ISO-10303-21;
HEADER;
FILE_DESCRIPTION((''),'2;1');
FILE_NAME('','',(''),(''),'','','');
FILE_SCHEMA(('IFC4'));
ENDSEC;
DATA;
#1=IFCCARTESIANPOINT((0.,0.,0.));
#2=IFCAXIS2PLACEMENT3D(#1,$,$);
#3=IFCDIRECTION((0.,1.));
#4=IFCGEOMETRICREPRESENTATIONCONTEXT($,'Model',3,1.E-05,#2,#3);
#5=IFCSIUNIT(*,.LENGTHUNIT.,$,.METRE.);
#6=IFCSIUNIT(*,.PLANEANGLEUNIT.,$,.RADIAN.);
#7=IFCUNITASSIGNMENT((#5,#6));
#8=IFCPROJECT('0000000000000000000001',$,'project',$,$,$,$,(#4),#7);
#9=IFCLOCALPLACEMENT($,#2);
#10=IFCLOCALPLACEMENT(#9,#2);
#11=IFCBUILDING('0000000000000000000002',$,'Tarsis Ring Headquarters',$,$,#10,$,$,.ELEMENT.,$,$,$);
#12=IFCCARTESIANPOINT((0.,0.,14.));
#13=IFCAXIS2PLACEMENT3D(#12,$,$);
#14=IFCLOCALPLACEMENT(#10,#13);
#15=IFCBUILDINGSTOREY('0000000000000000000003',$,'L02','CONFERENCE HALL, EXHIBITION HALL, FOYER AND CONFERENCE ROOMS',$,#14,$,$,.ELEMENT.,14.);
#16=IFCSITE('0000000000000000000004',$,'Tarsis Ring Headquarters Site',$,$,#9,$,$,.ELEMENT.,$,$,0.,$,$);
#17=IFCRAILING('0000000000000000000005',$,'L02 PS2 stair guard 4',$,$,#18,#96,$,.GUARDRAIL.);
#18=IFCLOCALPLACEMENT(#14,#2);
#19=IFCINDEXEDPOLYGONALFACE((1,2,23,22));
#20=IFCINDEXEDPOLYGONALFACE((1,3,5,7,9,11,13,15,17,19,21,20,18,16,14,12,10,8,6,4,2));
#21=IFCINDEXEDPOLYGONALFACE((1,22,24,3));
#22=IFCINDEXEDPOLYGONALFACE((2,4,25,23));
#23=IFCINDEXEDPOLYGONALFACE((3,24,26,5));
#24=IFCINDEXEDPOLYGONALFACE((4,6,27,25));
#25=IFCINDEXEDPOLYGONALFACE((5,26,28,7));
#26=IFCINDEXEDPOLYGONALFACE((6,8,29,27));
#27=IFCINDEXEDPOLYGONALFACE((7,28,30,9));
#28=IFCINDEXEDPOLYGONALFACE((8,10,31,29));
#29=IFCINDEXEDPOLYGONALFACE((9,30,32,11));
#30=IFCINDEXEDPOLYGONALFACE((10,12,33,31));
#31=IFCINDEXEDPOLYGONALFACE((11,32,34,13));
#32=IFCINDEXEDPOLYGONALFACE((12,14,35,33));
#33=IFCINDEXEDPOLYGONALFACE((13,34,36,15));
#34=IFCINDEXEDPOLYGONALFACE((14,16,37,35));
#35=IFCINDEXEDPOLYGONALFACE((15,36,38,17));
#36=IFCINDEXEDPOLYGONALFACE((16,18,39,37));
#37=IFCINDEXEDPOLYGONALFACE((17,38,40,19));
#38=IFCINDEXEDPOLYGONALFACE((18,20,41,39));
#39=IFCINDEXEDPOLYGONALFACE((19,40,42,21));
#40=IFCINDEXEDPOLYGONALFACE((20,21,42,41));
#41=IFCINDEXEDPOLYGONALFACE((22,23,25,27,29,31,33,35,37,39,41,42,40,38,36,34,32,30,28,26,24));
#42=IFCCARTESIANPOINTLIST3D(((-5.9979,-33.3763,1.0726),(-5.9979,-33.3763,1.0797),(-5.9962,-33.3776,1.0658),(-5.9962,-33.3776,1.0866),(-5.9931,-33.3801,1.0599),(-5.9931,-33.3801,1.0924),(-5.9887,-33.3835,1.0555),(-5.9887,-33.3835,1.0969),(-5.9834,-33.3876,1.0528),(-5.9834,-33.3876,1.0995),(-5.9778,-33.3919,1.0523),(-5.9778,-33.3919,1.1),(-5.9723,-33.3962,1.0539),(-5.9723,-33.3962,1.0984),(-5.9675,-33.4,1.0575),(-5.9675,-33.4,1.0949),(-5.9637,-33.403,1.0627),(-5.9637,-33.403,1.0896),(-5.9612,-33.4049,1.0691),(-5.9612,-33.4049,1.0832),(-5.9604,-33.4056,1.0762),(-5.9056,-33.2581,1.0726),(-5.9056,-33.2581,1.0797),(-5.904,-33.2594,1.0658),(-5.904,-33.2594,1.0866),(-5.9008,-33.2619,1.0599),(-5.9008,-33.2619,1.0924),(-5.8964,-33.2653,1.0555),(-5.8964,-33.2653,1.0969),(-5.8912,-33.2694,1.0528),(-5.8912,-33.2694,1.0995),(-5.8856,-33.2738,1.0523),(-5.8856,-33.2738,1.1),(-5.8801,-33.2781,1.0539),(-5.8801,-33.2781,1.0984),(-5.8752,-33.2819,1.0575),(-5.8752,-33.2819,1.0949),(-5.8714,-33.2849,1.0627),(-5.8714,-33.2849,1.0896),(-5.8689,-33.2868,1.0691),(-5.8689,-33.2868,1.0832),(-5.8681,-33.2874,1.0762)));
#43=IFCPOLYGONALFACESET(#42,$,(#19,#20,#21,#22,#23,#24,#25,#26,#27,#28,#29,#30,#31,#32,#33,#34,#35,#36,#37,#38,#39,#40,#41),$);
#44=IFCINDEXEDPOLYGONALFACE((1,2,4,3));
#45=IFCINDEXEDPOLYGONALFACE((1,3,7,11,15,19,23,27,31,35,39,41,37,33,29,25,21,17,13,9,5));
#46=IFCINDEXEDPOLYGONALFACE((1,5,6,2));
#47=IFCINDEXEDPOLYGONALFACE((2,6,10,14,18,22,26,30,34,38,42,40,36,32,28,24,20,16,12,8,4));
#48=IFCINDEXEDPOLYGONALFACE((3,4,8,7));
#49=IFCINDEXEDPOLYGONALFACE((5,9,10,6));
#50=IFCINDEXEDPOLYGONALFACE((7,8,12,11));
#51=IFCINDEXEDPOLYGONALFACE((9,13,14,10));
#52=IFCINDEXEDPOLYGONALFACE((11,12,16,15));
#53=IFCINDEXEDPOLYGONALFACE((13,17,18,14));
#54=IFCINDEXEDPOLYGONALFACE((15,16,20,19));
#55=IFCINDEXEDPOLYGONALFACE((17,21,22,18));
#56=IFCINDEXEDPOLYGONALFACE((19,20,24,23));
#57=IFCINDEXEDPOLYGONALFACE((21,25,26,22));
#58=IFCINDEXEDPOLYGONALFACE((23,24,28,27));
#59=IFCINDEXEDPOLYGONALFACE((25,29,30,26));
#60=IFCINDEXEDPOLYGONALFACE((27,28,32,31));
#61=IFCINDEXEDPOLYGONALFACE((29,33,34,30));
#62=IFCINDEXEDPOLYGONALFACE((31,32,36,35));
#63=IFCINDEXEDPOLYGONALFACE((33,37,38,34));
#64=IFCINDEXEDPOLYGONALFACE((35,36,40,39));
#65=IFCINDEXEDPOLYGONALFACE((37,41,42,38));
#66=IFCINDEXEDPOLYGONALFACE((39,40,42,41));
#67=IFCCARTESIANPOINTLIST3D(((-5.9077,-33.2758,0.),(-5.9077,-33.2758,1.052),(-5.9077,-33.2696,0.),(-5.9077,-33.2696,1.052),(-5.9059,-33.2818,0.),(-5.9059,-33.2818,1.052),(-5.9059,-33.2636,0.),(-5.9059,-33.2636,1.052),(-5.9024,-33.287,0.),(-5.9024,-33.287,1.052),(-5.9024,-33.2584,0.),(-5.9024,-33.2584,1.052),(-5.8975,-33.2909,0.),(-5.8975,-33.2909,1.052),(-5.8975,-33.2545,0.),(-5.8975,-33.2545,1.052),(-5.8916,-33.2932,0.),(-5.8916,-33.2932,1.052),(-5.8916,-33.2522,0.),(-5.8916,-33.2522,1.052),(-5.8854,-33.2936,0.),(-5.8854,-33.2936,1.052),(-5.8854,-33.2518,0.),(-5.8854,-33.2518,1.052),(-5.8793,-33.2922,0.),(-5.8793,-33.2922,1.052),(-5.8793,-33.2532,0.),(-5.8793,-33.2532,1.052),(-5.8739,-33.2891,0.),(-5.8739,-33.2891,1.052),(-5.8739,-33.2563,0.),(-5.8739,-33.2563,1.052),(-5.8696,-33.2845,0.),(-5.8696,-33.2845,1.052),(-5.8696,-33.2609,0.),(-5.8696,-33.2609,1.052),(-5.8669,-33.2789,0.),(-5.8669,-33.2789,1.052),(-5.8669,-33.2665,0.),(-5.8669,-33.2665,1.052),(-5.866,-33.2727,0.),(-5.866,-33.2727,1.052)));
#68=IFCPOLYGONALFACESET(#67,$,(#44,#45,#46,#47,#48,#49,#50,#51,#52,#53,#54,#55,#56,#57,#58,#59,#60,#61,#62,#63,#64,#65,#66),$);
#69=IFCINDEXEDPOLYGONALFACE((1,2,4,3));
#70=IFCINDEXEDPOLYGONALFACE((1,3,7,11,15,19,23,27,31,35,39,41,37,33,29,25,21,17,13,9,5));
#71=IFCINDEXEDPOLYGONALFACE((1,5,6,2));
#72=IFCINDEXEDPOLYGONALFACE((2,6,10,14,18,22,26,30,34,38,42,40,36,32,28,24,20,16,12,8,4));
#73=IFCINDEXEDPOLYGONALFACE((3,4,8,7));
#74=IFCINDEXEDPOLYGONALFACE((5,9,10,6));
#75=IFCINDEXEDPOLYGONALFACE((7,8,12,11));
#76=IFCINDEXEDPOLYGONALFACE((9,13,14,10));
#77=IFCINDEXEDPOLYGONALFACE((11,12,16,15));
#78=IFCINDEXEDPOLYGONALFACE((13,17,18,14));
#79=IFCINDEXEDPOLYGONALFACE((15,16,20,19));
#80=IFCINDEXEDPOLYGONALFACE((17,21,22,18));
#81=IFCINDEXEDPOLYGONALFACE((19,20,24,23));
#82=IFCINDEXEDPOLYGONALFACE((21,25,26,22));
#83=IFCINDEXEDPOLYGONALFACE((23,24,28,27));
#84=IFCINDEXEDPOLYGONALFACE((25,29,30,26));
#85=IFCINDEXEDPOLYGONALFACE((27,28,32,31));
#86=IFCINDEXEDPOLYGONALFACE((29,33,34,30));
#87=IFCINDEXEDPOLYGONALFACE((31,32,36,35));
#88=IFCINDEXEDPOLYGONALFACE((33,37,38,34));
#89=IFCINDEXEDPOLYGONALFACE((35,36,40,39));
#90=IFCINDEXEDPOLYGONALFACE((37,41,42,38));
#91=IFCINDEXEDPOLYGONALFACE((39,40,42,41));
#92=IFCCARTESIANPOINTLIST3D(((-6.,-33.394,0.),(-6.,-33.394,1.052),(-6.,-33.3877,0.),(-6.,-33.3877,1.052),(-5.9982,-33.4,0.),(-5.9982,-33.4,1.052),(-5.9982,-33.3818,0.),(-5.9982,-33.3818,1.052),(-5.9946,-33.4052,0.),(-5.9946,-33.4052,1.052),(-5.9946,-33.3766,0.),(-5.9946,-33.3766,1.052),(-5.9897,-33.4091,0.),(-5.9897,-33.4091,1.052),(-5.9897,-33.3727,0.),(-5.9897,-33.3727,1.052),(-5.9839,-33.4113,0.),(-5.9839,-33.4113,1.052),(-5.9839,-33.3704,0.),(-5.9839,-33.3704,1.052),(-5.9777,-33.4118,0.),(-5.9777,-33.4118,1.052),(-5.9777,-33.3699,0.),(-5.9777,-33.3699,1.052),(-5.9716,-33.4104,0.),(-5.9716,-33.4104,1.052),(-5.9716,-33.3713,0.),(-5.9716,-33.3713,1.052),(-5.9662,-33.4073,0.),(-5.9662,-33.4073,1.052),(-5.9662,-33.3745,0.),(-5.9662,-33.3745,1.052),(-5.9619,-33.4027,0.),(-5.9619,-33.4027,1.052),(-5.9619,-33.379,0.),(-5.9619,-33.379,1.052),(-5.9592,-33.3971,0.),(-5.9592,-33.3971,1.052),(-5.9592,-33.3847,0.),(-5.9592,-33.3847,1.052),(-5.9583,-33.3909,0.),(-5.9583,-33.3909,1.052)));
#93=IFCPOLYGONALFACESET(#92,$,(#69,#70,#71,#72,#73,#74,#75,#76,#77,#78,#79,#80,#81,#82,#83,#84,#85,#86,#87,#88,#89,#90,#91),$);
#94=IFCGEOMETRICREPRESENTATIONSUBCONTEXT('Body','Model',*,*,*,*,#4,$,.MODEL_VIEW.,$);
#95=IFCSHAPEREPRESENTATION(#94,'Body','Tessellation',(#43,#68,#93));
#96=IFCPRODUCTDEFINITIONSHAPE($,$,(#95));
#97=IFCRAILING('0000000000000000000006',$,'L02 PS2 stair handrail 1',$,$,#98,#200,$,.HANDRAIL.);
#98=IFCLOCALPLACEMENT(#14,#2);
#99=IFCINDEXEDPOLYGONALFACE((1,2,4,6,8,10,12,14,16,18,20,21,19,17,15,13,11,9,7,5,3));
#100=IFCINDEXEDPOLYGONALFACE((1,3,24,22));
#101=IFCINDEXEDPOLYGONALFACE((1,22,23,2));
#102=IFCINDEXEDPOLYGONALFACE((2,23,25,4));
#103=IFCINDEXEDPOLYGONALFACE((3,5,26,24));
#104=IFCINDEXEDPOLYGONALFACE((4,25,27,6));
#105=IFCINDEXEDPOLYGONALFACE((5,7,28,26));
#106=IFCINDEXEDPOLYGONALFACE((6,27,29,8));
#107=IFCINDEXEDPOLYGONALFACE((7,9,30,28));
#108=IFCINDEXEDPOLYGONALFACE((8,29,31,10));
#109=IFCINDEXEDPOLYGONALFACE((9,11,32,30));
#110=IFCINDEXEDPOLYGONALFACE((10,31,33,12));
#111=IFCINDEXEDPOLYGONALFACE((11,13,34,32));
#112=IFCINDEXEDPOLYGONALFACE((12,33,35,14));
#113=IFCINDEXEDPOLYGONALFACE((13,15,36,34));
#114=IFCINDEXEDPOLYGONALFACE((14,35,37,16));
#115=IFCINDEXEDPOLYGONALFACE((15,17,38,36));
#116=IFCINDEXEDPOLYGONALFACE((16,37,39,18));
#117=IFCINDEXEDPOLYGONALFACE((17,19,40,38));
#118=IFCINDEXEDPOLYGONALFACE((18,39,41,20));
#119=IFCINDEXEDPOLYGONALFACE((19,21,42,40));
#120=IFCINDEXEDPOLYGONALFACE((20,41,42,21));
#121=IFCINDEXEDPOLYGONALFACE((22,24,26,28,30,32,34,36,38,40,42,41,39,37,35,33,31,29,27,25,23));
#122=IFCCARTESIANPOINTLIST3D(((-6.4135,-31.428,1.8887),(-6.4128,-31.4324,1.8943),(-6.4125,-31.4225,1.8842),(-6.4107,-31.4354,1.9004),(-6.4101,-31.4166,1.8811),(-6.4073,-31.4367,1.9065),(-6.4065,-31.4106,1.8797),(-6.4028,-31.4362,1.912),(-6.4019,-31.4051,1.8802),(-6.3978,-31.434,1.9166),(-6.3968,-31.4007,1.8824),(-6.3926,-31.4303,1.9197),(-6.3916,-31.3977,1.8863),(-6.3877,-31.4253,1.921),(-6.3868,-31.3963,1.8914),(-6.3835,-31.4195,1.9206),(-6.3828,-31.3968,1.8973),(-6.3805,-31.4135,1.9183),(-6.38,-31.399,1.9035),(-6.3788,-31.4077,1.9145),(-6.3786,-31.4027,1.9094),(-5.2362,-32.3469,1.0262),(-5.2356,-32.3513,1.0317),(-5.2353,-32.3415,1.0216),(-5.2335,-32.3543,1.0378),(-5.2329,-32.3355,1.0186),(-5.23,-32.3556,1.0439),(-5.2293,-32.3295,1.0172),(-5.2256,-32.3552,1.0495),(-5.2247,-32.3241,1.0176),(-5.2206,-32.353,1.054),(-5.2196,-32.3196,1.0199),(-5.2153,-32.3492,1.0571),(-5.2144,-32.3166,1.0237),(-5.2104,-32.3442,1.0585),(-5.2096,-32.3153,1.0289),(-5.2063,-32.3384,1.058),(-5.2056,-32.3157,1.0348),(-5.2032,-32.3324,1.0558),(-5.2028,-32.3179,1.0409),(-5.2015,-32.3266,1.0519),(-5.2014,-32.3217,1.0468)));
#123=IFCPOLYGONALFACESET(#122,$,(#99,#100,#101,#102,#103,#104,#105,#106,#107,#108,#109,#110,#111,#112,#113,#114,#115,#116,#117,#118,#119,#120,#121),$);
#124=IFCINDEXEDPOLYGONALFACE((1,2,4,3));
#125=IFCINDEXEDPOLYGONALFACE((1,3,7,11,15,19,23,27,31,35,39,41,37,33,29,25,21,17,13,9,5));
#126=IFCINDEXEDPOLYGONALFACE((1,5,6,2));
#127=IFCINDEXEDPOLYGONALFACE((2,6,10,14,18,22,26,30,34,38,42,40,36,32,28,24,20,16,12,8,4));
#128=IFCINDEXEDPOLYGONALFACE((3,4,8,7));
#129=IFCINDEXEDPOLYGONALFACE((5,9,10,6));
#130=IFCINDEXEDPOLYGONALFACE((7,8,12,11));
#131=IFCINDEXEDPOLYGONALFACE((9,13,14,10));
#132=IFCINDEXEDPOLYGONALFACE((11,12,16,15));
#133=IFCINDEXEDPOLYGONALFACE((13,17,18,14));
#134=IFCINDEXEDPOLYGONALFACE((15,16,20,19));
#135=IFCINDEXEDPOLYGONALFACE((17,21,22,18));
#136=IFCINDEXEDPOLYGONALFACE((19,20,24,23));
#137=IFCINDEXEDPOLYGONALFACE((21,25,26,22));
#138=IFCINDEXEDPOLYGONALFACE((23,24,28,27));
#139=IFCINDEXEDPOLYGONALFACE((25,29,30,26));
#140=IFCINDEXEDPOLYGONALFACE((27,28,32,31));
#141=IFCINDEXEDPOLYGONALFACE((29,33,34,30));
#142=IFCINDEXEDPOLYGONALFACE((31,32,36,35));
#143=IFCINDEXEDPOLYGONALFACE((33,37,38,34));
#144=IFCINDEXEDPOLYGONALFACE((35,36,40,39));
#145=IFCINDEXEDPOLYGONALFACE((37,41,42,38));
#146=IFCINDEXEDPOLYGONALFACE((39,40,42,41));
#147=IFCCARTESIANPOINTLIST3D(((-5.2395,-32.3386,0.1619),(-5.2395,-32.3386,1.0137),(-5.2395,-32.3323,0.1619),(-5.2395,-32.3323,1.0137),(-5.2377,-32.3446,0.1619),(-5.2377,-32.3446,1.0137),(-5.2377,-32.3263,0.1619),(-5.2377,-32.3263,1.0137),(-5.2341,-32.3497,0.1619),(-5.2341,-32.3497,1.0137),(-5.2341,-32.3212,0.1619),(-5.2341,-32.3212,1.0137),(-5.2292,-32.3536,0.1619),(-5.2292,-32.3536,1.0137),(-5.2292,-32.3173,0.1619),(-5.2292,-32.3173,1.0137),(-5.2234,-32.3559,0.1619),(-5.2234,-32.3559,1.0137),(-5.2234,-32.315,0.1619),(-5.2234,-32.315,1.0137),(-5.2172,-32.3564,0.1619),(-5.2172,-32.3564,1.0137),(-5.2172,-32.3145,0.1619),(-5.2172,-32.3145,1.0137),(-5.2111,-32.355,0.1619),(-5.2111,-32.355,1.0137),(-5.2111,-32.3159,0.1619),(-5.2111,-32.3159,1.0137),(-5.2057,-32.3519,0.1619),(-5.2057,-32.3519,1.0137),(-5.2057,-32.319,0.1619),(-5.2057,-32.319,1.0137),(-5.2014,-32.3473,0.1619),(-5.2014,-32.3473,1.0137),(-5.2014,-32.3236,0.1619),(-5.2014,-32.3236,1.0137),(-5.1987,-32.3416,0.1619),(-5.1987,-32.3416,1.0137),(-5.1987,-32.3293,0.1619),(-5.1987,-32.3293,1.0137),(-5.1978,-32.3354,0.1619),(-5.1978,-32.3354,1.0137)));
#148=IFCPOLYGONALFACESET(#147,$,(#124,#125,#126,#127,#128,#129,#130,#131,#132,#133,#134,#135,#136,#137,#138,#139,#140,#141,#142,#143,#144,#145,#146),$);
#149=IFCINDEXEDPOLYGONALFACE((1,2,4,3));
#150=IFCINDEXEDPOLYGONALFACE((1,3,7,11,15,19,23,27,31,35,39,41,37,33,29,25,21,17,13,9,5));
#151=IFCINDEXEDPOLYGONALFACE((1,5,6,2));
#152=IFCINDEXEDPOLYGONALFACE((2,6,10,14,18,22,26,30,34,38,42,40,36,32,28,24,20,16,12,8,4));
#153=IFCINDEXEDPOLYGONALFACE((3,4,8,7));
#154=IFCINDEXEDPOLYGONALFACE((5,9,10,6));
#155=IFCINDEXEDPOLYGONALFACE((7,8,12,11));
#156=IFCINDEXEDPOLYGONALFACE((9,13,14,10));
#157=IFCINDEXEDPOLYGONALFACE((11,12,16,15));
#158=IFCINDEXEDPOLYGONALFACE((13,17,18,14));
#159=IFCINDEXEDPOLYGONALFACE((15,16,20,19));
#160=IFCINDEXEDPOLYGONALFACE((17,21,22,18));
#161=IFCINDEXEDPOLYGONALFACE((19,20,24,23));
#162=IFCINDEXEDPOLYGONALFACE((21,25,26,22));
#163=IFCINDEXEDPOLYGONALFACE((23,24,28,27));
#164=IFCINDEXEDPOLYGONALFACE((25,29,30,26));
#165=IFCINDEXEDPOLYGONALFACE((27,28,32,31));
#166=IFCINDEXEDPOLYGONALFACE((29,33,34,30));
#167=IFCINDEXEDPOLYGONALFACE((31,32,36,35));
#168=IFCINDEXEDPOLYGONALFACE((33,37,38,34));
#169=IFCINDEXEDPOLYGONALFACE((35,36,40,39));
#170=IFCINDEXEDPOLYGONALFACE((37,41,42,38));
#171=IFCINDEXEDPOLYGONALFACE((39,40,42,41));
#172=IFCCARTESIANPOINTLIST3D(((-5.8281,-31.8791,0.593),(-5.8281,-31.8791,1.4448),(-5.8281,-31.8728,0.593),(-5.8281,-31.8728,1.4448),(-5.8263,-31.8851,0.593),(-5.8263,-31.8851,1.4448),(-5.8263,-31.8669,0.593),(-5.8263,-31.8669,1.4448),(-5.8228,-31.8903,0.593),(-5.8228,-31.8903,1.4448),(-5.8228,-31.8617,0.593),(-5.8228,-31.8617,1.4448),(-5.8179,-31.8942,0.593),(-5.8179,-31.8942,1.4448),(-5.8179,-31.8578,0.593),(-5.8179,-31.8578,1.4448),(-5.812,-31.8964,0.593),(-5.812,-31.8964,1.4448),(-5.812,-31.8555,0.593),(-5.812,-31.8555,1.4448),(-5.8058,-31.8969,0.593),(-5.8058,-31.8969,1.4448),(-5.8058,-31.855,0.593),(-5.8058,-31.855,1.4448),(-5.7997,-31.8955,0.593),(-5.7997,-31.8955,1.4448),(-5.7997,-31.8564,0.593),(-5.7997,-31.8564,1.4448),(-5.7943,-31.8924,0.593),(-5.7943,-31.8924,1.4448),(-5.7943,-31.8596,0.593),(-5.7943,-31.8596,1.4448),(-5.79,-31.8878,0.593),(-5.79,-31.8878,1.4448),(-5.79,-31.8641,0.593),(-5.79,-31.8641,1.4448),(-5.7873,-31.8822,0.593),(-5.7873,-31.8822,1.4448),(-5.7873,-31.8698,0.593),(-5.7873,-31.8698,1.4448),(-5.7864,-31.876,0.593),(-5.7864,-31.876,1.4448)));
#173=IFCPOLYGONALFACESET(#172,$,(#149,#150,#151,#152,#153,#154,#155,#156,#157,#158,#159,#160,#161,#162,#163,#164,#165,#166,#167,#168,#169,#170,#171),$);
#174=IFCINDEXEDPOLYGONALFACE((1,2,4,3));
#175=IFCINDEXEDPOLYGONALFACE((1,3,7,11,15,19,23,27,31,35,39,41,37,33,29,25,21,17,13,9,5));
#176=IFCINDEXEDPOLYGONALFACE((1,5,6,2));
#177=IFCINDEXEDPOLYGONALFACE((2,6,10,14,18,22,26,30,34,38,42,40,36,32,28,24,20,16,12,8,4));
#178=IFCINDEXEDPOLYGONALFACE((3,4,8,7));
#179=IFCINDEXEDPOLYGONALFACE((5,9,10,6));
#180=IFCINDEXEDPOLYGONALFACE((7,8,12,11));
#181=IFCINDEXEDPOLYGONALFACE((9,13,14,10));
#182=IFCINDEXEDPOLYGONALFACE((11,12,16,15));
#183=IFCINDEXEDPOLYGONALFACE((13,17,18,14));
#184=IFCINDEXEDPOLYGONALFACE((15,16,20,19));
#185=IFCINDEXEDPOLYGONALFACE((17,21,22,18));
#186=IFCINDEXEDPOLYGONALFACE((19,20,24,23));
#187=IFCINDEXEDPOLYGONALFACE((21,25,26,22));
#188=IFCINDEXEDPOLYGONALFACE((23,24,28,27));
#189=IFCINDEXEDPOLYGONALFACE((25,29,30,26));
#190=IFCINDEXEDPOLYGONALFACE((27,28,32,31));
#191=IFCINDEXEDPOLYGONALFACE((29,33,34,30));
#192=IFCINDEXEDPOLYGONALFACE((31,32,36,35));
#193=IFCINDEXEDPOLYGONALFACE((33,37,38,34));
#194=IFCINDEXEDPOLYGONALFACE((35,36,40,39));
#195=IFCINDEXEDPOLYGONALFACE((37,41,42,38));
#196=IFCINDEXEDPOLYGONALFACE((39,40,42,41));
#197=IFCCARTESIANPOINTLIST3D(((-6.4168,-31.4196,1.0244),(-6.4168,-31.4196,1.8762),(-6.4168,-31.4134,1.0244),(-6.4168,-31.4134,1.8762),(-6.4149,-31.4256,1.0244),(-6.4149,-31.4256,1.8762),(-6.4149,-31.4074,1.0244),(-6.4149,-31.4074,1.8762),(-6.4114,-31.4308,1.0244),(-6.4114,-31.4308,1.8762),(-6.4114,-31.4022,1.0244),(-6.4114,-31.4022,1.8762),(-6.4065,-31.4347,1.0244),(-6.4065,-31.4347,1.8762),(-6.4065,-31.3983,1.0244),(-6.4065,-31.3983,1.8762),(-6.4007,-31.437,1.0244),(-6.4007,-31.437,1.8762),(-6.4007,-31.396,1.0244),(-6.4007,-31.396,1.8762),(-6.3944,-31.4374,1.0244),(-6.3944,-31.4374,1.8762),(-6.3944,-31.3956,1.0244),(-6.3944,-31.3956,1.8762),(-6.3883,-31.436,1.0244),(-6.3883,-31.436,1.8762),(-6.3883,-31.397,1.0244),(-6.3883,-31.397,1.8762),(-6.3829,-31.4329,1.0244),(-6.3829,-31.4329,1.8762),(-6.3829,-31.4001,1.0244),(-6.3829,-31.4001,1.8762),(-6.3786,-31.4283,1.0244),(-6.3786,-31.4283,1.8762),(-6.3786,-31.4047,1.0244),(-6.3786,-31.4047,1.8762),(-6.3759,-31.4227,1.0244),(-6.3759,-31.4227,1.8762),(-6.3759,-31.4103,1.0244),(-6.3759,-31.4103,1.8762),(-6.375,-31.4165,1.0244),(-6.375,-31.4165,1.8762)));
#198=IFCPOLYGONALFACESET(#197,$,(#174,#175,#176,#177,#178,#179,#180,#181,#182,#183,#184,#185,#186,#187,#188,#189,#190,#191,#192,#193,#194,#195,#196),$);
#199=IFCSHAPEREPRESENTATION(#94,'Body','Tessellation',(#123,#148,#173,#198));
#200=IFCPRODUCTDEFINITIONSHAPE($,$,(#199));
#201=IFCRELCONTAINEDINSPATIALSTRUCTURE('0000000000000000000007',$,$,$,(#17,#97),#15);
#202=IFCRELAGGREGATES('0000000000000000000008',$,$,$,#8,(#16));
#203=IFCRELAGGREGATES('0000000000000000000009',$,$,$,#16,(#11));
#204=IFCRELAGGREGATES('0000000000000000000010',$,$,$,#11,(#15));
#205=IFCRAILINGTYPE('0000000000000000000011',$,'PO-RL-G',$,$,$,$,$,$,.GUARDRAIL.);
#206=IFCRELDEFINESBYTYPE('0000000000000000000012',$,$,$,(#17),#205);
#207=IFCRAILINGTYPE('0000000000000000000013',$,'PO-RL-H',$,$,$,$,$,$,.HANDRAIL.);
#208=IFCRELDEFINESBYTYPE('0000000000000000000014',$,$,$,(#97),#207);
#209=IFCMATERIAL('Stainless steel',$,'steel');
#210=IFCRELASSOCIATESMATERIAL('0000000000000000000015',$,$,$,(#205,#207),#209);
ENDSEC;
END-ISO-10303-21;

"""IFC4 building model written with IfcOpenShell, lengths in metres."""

from ifc_helpers import new_model, si_unit, direction, frame, origin, origin_2d, place, context, subcontext, project, spatial, circle, extrude, material, type_object, element, save


model = new_model("IFC4")

# Units and contexts
model_context = context("Model", 3, precision=1e-05, world=origin(), true_north=direction((0.0, 1.0)))
body_context = subcontext(model_context, "Body", "Model", "MODEL_VIEW")
ifc_project = project(units=[si_unit("LENGTHUNIT", "METRE"), si_unit("PLANEANGLEUNIT", "RADIAN")], contexts=[model_context])

# Site, building, storey
site_placement = place(None, origin())
site = spatial("IfcSite", under=ifc_project, at=site_placement, Name="Tarsis Ring Headquarters Site", CompositionType="ELEMENT", RefElevation=0.0)
building_placement = place(site_placement, origin())
building = spatial("IfcBuilding", under=site, at=building_placement, Name="Tarsis Ring Headquarters", CompositionType="ELEMENT")
storey_placement = place(building_placement, frame((0.0, 0.0, 14.0)))
storey = spatial("IfcBuildingStorey", under=building, at=storey_placement, Name="L02", Description="CONFERENCE HALL, EXHIBITION HALL, FOYER AND CONFERENCE ROOMS", CompositionType="ELEMENT", Elevation=14.0)

# Railings
ifc_material_1 = material(Name="Stainless steel", Category="steel")
railing_type_1 = type_object("IfcRailingType", Name="PO-RL-G", PredefinedType="GUARDRAIL", material=ifc_material_1)
railing_1_placement = place(storey_placement, frame((-5.887, -33.2727, 0.0)))
element("IfcRailing", 1, at=railing_1_placement, inside=storey, type_object=railing_type_1, Name="L02 PS2 stair guard 4", PredefinedType="GUARDRAIL", context=body_context, shape_type="SweptSolid", body=[
    extrude(circle(Radius=0.0239, at=origin_2d()), frame((0.0, 0.0, 1.0762), z_axis=(-0.615518, -0.788123, 0.0), x_axis=(0.788123, -0.615518, 0.0)), (0.0, 0.0, 1.0), 0.1499),
    extrude(circle(Radius=0.021, at=origin_2d()), origin(), (0.0, 0.0, 1.0), 1.052),
    extrude(circle(Radius=0.021, at=origin_2d()), frame((-0.0923, -0.1182, 0.0)), (0.0, 0.0, 1.0), 1.052),
])
railing_type_2 = type_object("IfcRailingType", Name="PO-RL-H", PredefinedType="HANDRAIL", material=ifc_material_1)
railing_2_placement = place(storey_placement, frame((-5.2188, -32.3354, 0.1619)))
element("IfcRailing", 2, at=railing_2_placement, inside=storey, type_object=railing_type_2, Name="L02 PS2 stair handrail 1", PredefinedType="HANDRAIL", context=body_context, shape_type="SweptSolid", body=[
    extrude(circle(Radius=0.0239, at=origin_2d()), frame((0.0, 0.0, 0.876), z_axis=(-0.682607, 0.532835, 0.500135), x_axis=(-0.61532, -0.788277, 0.0)), (0.0, 0.0, 1.0), 1.7246),
    extrude(circle(Radius=0.021, at=origin_2d()), origin(), (0.0, 0.0, 1.0), 0.8518),
    extrude(circle(Radius=0.021, at=origin_2d()), frame((-0.5886, 0.4595, 0.4312)), (0.0, 0.0, 1.0), 0.8518),
    extrude(circle(Radius=0.021, at=origin_2d()), frame((-1.1772, 0.9189, 0.8625)), (0.0, 0.0, 1.0), 0.8518),
])

save(model, "model.ifc")
